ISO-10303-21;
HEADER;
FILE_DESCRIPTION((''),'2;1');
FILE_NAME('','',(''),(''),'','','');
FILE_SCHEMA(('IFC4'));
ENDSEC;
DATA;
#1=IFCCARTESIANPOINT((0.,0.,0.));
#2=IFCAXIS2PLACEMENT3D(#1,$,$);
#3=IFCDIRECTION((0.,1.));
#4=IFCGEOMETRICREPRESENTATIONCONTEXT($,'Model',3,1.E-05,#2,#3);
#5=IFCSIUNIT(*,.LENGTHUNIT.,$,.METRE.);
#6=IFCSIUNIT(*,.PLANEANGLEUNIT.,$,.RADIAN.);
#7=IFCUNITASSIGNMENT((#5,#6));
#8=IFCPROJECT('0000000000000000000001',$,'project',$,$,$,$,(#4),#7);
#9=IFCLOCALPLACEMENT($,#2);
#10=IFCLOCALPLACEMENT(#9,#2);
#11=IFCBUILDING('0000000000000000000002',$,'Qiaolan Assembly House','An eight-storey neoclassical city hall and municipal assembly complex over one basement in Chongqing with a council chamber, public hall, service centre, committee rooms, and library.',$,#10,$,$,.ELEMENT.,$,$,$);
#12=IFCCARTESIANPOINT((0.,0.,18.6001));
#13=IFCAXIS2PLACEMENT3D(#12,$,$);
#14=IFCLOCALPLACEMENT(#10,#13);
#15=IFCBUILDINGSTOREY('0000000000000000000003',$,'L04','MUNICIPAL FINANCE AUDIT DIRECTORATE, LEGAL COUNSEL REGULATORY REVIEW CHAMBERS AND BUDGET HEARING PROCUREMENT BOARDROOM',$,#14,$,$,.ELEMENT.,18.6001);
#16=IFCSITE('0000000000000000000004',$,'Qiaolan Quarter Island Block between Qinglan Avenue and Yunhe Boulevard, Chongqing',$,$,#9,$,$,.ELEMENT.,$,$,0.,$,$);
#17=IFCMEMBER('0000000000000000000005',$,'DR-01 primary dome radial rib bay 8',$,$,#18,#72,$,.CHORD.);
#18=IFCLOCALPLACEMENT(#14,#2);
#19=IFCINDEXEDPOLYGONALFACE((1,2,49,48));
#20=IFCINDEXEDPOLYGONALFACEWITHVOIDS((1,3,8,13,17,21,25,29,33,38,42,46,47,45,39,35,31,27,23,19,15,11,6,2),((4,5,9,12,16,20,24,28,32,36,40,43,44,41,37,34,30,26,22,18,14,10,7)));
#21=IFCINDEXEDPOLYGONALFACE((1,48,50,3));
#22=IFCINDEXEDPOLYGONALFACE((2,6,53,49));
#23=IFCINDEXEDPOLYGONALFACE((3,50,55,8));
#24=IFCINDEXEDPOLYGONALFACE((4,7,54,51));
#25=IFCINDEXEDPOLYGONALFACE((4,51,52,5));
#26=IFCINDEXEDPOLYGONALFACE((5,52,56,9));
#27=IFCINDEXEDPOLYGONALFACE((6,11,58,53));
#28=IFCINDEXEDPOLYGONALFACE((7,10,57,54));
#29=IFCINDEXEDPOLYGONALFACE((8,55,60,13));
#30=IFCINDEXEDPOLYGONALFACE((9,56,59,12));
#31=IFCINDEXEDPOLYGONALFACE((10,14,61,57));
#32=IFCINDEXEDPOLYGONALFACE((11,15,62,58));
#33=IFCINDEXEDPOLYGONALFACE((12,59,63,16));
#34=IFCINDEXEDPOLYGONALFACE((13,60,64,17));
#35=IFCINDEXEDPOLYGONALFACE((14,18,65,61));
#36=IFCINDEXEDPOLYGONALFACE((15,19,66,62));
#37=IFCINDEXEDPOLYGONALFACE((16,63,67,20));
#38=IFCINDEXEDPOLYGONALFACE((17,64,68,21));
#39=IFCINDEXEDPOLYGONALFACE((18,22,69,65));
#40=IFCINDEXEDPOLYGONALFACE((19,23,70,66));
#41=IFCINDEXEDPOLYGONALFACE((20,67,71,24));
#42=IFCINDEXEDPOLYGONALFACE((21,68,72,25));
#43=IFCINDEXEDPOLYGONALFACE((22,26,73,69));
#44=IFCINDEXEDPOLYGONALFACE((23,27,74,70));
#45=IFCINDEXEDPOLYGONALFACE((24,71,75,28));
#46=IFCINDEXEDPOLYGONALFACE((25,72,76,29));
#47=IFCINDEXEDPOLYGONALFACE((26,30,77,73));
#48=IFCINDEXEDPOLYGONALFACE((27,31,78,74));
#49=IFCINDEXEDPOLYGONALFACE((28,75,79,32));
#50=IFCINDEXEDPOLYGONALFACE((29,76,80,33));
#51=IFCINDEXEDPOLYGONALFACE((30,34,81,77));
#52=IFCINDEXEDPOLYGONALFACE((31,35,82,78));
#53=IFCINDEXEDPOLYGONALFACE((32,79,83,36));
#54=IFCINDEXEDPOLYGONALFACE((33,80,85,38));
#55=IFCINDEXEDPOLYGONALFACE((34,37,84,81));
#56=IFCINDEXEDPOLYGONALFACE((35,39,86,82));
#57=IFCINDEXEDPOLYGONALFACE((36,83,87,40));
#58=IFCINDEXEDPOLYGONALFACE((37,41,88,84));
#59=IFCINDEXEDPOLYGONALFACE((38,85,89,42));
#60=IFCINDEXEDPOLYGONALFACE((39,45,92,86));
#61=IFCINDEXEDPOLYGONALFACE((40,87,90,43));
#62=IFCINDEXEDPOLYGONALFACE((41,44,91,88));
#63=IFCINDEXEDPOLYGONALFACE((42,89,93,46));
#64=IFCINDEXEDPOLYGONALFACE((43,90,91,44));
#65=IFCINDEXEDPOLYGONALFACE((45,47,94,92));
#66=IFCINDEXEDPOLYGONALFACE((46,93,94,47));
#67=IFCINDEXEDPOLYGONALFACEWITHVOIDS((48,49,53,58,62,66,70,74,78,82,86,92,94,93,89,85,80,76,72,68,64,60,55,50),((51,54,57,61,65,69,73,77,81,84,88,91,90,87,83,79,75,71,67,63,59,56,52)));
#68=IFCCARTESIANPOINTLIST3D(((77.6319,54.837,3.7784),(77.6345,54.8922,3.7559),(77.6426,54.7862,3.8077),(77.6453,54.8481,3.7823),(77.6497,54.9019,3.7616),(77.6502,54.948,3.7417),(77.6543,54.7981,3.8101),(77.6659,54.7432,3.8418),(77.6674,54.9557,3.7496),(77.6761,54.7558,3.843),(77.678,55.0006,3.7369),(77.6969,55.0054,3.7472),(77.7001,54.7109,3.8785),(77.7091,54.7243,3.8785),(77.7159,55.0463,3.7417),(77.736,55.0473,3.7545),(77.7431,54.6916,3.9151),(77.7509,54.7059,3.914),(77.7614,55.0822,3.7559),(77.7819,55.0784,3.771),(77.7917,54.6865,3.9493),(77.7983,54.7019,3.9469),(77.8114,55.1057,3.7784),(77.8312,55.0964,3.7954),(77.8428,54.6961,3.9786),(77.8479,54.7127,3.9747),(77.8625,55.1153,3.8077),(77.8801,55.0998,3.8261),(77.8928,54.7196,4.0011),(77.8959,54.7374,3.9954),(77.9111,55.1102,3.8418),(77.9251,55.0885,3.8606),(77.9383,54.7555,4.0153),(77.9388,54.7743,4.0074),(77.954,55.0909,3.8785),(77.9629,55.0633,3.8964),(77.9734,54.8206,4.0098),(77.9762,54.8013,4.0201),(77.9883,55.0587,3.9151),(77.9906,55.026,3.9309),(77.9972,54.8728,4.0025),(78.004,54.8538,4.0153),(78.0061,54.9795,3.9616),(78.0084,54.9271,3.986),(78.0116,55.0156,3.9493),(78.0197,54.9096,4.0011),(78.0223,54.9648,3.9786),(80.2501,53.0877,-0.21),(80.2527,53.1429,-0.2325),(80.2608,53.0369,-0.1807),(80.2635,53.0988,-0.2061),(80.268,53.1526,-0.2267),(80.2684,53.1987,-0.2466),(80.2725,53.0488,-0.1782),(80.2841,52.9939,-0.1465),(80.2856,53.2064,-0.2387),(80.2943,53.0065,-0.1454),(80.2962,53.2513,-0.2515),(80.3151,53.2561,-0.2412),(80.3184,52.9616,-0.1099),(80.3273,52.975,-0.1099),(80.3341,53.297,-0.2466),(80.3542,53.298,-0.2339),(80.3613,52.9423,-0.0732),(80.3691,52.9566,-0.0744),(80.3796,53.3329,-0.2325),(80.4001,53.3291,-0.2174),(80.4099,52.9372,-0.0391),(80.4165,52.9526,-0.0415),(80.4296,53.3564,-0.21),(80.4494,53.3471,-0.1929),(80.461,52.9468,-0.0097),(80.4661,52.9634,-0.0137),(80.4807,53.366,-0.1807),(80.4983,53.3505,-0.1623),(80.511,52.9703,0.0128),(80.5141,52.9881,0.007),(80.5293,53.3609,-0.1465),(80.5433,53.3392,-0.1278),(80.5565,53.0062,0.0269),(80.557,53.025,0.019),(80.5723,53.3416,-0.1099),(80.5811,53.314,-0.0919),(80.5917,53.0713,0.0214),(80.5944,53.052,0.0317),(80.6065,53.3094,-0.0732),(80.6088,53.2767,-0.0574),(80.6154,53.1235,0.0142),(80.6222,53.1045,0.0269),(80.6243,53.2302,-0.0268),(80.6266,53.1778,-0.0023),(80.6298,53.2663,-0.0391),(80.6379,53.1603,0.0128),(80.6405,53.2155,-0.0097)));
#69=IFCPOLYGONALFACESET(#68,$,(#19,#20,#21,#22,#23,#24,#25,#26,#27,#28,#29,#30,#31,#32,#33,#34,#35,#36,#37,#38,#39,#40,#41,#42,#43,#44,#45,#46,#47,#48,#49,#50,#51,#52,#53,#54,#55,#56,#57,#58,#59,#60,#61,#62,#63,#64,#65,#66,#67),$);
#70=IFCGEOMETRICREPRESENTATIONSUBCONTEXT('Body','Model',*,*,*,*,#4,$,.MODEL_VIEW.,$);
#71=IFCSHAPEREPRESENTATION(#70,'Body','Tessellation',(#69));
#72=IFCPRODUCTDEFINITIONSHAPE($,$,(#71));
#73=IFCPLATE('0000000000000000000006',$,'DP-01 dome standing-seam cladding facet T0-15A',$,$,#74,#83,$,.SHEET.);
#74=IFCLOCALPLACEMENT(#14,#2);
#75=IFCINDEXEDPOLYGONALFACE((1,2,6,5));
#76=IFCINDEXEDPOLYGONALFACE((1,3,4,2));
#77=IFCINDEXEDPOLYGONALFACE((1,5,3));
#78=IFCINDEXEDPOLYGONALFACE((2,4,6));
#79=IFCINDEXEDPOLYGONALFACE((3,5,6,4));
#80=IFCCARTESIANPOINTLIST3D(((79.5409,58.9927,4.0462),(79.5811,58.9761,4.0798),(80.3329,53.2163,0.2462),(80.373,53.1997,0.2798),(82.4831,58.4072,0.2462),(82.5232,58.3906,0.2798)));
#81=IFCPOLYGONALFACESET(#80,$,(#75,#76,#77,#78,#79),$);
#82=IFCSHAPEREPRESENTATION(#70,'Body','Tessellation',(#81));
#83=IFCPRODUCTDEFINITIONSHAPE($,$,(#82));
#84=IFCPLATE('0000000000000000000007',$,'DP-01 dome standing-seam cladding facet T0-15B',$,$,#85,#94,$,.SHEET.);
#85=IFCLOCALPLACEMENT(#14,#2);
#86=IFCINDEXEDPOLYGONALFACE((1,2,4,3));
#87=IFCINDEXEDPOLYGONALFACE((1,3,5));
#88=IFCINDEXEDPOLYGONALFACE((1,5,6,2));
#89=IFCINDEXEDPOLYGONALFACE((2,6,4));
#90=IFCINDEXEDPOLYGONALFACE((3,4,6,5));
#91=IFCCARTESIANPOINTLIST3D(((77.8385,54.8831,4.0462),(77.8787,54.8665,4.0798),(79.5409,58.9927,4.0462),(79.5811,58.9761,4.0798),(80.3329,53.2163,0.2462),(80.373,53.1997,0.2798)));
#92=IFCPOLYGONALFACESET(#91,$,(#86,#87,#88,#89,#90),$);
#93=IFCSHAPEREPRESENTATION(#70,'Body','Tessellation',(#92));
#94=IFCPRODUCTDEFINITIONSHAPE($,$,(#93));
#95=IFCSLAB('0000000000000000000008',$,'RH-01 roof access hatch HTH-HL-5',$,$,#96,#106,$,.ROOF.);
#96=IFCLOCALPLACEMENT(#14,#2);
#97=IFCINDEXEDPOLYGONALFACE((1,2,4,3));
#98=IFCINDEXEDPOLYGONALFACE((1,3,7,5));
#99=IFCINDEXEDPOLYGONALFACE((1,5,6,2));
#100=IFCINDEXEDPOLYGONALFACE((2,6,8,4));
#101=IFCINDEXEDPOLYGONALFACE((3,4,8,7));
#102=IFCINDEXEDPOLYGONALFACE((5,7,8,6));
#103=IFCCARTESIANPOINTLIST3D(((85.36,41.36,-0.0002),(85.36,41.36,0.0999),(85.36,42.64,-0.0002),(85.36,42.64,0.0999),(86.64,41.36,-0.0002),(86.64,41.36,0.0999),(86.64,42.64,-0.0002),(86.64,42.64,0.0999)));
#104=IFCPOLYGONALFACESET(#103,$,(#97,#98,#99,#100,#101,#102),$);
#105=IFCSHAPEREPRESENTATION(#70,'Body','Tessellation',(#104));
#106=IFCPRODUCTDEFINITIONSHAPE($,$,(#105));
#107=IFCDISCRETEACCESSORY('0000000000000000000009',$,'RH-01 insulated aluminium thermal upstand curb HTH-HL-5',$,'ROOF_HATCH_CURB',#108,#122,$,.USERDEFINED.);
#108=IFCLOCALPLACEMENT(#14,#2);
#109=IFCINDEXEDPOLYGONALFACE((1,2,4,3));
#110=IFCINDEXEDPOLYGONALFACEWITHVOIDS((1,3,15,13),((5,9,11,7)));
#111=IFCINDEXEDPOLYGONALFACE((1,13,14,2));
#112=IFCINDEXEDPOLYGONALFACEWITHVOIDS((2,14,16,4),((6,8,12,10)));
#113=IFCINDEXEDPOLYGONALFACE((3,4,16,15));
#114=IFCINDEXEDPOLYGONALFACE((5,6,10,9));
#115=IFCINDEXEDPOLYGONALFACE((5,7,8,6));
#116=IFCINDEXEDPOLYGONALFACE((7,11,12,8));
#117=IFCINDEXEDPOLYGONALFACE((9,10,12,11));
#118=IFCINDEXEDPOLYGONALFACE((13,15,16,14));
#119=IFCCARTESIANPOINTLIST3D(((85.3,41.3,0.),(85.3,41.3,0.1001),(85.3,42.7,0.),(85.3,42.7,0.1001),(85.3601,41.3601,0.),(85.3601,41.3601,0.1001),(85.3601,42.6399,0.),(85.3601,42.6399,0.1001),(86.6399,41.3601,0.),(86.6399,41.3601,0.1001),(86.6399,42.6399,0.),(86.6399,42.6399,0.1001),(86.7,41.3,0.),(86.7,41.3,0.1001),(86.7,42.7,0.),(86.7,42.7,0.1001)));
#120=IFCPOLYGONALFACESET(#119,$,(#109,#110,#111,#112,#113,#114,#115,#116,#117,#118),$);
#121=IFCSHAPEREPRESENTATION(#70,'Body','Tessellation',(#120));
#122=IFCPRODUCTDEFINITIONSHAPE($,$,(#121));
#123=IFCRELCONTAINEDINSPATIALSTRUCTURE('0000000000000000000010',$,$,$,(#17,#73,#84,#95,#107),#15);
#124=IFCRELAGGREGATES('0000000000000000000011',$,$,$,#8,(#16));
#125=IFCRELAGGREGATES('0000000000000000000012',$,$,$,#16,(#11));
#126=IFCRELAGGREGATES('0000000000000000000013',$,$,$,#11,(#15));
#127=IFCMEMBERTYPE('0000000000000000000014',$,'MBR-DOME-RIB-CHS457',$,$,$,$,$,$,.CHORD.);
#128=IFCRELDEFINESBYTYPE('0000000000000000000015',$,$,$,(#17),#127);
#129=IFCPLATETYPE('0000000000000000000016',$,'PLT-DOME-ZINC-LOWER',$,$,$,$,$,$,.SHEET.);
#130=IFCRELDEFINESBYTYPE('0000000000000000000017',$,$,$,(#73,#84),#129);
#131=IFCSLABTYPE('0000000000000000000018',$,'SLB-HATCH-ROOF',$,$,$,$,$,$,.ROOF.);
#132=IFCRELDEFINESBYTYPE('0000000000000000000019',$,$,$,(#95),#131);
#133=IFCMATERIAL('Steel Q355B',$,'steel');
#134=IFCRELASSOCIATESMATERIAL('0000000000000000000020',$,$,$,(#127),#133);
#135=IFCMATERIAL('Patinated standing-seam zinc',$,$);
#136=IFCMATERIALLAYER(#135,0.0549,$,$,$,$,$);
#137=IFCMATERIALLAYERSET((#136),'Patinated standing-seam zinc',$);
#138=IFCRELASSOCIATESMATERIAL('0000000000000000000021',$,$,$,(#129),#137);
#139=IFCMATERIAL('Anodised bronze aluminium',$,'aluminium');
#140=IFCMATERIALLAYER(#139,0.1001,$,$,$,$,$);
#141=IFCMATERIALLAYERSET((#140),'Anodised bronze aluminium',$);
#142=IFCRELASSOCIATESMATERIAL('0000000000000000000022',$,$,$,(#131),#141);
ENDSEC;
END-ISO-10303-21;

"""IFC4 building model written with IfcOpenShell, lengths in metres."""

from ifc_helpers import new_model, si_unit, direction, frame, origin, origin_2d, place, context, subcontext, project, spatial, polyline, rectangle, hollow_circle, outline, extrude, material, layer, layer_set, material_profile, profile_set, type_object, element, save


model = new_model("IFC4")

# Units and contexts
model_context = context("Model", 3, precision=1e-05, world=origin(), true_north=direction((0.0, 1.0)))
body_context = subcontext(model_context, "Body", "Model", "MODEL_VIEW")
ifc_project = project(units=[si_unit("LENGTHUNIT", "METRE"), si_unit("PLANEANGLEUNIT", "RADIAN")], contexts=[model_context])

# Site, building, storey
site_placement = place(None, origin())
site = spatial("IfcSite", under=ifc_project, at=site_placement, Name="Qiaolan Quarter Island Block between Qinglan Avenue and Yunhe Boulevard, Chongqing", CompositionType="ELEMENT", RefElevation=0.0)
building_placement = place(site_placement, origin())
building = spatial("IfcBuilding", under=site, at=building_placement, Name="Qiaolan Assembly House", Description="An eight-storey neoclassical city hall and municipal assembly complex over one basement in Chongqing with a council chamber, public hall, service centre, committee rooms, and library.", CompositionType="ELEMENT")
storey_placement = place(building_placement, frame((0.0, 0.0, 18.6001)))
storey = spatial("IfcBuildingStorey", under=building, at=storey_placement, Name="L04", Description="MUNICIPAL FINANCE AUDIT DIRECTORATE, LEGAL COUNSEL REGULATORY REVIEW CHAMBERS AND BUDGET HEARING PROCUREMENT BOARDROOM", CompositionType="ELEMENT", Elevation=18.6001)

# Shared definitions
ifc_material_1 = material(Name="Steel Q355B", Category="steel")

# Member
ifc_material_profile_1 = material_profile(ifc_material_1, hollow_circle(Radius=0.2285, WallThickness=0.0161, at=origin_2d()), Name="CHS 457x16")
ifc_profile_set_1 = profile_set([ifc_material_profile_1], Name="Steel Q355B")
member_type_1 = type_object("IfcMemberType", Name="MBR-DOME-RIB-CHS457", PredefinedType="CHORD", material=ifc_profile_set_1)
member_1_placement = place(storey_placement, frame((80.4453, 53.1516, -0.1099), z_axis=(-0.51524, 0.344246, 0.784871), x_axis=(-0.555541, -0.831489, 0.0)))
element("IfcMember", 1, at=member_1_placement, inside=storey, type_object=member_type_1, Name="DR-01 primary dome radial rib bay 8", PredefinedType="CHORD", context=body_context, shape_type="SweptSolid", body=[
    extrude(hollow_circle(Radius=0.2285, WallThickness=0.0161, at=origin_2d()), origin(), (0.0, 0.0, 1.0), 5.0815),
])

# Plates
ifc_material_2 = material(Name="Patinated standing-seam zinc")
ifc_layer_1 = layer(ifc_material_2, 0.0549)
ifc_layer_set_1 = layer_set([ifc_layer_1], Name="Patinated standing-seam zinc")
plate_type = type_object("IfcPlateType", Name="PLT-DOME-ZINC-LOWER", PredefinedType="SHEET", material=ifc_layer_set_1)
plate_1_placement = place(storey_placement, frame((80.373, 53.1997, 0.2798), z_axis=(0.73051, -0.302587, 0.612206), x_axis=(0.382683, 0.92388, 0.0)))
element("IfcPlate", 2, at=plate_1_placement, inside=storey, type_object=plate_type, Name="DP-01 dome standing-seam cladding facet T0-15A", PredefinedType="SHEET", context=body_context, shape_type="SweptSolid", body=[
    extrude(outline(polyline([(0.0, 0.0), (5.6186, 0.0), (5.0336, 4.8059), (0.0, 0.0)])), origin(), (0.0, 0.0, -1.0), 0.0549),
])
plate_2_placement = place(storey_placement, frame((80.373, 53.1997, 0.2798), z_axis=(0.730489, -0.302602, 0.612224), x_axis=(-0.113801, 0.830003, 0.546027)))
element("IfcPlate", 3, at=plate_2_placement, inside=storey, type_object=plate_type, Name="DP-01 dome standing-seam cladding facet T0-15B", PredefinedType="SHEET", context=body_context, shape_type="SweptSolid", body=[
    extrude(outline(polyline([(0.0, 0.0), (6.9595, 0.0), (3.7422, 3.0719), (0.0, 0.0)])), origin(), (0.0, 0.0, -1.0), 0.0549),
])

# Slab
ifc_material_3 = material(Name="Anodised bronze aluminium", Category="aluminium")
ifc_layer_2 = layer(ifc_material_3, 0.1001)
ifc_layer_set_2 = layer_set([ifc_layer_2], Name="Anodised bronze aluminium")
slab_type = type_object("IfcSlabType", Name="SLB-HATCH-ROOF", PredefinedType="ROOF", material=ifc_layer_set_2)
slab_placement = place(storey_placement, frame((86.0, 42.0, -0.0002), z_axis=(0.0, 0.0, 1.0), x_axis=(1.0, 0.0, 0.0)))
element("IfcSlab", 4, at=slab_placement, inside=storey, type_object=slab_type, Name="RH-01 roof access hatch HTH-HL-5", PredefinedType="ROOF", context=body_context, shape_type="SweptSolid", body=[
    extrude(rectangle(XDim=1.28, YDim=1.28, at=origin_2d()), origin(), (0.0, 0.0, 1.0), 0.1001),
])

# Discrete accessory
discrete_accessory_placement = place(storey_placement, frame((86.0, 42.0, 0.0)))
element("IfcDiscreteAccessory", 5, at=discrete_accessory_placement, inside=storey, Name="RH-01 insulated aluminium thermal upstand curb HTH-HL-5", ObjectType="ROOF_HATCH_CURB", PredefinedType="USERDEFINED", context=body_context, shape_type="SweptSolid", body=[
    extrude(outline(polyline([(-0.7, -0.7), (0.7, -0.7), (0.7, 0.7), (-0.7, 0.7), (-0.7, -0.7)]), holes=[polyline([(-0.6399, -0.6399), (-0.6399, 0.6399), (0.6399, 0.6399), (0.6399, -0.6399), (-0.6399, -0.6399)])]), origin(), (0.0, 0.0, 1.0), 0.1001),
])

save(model, "model.ifc")
